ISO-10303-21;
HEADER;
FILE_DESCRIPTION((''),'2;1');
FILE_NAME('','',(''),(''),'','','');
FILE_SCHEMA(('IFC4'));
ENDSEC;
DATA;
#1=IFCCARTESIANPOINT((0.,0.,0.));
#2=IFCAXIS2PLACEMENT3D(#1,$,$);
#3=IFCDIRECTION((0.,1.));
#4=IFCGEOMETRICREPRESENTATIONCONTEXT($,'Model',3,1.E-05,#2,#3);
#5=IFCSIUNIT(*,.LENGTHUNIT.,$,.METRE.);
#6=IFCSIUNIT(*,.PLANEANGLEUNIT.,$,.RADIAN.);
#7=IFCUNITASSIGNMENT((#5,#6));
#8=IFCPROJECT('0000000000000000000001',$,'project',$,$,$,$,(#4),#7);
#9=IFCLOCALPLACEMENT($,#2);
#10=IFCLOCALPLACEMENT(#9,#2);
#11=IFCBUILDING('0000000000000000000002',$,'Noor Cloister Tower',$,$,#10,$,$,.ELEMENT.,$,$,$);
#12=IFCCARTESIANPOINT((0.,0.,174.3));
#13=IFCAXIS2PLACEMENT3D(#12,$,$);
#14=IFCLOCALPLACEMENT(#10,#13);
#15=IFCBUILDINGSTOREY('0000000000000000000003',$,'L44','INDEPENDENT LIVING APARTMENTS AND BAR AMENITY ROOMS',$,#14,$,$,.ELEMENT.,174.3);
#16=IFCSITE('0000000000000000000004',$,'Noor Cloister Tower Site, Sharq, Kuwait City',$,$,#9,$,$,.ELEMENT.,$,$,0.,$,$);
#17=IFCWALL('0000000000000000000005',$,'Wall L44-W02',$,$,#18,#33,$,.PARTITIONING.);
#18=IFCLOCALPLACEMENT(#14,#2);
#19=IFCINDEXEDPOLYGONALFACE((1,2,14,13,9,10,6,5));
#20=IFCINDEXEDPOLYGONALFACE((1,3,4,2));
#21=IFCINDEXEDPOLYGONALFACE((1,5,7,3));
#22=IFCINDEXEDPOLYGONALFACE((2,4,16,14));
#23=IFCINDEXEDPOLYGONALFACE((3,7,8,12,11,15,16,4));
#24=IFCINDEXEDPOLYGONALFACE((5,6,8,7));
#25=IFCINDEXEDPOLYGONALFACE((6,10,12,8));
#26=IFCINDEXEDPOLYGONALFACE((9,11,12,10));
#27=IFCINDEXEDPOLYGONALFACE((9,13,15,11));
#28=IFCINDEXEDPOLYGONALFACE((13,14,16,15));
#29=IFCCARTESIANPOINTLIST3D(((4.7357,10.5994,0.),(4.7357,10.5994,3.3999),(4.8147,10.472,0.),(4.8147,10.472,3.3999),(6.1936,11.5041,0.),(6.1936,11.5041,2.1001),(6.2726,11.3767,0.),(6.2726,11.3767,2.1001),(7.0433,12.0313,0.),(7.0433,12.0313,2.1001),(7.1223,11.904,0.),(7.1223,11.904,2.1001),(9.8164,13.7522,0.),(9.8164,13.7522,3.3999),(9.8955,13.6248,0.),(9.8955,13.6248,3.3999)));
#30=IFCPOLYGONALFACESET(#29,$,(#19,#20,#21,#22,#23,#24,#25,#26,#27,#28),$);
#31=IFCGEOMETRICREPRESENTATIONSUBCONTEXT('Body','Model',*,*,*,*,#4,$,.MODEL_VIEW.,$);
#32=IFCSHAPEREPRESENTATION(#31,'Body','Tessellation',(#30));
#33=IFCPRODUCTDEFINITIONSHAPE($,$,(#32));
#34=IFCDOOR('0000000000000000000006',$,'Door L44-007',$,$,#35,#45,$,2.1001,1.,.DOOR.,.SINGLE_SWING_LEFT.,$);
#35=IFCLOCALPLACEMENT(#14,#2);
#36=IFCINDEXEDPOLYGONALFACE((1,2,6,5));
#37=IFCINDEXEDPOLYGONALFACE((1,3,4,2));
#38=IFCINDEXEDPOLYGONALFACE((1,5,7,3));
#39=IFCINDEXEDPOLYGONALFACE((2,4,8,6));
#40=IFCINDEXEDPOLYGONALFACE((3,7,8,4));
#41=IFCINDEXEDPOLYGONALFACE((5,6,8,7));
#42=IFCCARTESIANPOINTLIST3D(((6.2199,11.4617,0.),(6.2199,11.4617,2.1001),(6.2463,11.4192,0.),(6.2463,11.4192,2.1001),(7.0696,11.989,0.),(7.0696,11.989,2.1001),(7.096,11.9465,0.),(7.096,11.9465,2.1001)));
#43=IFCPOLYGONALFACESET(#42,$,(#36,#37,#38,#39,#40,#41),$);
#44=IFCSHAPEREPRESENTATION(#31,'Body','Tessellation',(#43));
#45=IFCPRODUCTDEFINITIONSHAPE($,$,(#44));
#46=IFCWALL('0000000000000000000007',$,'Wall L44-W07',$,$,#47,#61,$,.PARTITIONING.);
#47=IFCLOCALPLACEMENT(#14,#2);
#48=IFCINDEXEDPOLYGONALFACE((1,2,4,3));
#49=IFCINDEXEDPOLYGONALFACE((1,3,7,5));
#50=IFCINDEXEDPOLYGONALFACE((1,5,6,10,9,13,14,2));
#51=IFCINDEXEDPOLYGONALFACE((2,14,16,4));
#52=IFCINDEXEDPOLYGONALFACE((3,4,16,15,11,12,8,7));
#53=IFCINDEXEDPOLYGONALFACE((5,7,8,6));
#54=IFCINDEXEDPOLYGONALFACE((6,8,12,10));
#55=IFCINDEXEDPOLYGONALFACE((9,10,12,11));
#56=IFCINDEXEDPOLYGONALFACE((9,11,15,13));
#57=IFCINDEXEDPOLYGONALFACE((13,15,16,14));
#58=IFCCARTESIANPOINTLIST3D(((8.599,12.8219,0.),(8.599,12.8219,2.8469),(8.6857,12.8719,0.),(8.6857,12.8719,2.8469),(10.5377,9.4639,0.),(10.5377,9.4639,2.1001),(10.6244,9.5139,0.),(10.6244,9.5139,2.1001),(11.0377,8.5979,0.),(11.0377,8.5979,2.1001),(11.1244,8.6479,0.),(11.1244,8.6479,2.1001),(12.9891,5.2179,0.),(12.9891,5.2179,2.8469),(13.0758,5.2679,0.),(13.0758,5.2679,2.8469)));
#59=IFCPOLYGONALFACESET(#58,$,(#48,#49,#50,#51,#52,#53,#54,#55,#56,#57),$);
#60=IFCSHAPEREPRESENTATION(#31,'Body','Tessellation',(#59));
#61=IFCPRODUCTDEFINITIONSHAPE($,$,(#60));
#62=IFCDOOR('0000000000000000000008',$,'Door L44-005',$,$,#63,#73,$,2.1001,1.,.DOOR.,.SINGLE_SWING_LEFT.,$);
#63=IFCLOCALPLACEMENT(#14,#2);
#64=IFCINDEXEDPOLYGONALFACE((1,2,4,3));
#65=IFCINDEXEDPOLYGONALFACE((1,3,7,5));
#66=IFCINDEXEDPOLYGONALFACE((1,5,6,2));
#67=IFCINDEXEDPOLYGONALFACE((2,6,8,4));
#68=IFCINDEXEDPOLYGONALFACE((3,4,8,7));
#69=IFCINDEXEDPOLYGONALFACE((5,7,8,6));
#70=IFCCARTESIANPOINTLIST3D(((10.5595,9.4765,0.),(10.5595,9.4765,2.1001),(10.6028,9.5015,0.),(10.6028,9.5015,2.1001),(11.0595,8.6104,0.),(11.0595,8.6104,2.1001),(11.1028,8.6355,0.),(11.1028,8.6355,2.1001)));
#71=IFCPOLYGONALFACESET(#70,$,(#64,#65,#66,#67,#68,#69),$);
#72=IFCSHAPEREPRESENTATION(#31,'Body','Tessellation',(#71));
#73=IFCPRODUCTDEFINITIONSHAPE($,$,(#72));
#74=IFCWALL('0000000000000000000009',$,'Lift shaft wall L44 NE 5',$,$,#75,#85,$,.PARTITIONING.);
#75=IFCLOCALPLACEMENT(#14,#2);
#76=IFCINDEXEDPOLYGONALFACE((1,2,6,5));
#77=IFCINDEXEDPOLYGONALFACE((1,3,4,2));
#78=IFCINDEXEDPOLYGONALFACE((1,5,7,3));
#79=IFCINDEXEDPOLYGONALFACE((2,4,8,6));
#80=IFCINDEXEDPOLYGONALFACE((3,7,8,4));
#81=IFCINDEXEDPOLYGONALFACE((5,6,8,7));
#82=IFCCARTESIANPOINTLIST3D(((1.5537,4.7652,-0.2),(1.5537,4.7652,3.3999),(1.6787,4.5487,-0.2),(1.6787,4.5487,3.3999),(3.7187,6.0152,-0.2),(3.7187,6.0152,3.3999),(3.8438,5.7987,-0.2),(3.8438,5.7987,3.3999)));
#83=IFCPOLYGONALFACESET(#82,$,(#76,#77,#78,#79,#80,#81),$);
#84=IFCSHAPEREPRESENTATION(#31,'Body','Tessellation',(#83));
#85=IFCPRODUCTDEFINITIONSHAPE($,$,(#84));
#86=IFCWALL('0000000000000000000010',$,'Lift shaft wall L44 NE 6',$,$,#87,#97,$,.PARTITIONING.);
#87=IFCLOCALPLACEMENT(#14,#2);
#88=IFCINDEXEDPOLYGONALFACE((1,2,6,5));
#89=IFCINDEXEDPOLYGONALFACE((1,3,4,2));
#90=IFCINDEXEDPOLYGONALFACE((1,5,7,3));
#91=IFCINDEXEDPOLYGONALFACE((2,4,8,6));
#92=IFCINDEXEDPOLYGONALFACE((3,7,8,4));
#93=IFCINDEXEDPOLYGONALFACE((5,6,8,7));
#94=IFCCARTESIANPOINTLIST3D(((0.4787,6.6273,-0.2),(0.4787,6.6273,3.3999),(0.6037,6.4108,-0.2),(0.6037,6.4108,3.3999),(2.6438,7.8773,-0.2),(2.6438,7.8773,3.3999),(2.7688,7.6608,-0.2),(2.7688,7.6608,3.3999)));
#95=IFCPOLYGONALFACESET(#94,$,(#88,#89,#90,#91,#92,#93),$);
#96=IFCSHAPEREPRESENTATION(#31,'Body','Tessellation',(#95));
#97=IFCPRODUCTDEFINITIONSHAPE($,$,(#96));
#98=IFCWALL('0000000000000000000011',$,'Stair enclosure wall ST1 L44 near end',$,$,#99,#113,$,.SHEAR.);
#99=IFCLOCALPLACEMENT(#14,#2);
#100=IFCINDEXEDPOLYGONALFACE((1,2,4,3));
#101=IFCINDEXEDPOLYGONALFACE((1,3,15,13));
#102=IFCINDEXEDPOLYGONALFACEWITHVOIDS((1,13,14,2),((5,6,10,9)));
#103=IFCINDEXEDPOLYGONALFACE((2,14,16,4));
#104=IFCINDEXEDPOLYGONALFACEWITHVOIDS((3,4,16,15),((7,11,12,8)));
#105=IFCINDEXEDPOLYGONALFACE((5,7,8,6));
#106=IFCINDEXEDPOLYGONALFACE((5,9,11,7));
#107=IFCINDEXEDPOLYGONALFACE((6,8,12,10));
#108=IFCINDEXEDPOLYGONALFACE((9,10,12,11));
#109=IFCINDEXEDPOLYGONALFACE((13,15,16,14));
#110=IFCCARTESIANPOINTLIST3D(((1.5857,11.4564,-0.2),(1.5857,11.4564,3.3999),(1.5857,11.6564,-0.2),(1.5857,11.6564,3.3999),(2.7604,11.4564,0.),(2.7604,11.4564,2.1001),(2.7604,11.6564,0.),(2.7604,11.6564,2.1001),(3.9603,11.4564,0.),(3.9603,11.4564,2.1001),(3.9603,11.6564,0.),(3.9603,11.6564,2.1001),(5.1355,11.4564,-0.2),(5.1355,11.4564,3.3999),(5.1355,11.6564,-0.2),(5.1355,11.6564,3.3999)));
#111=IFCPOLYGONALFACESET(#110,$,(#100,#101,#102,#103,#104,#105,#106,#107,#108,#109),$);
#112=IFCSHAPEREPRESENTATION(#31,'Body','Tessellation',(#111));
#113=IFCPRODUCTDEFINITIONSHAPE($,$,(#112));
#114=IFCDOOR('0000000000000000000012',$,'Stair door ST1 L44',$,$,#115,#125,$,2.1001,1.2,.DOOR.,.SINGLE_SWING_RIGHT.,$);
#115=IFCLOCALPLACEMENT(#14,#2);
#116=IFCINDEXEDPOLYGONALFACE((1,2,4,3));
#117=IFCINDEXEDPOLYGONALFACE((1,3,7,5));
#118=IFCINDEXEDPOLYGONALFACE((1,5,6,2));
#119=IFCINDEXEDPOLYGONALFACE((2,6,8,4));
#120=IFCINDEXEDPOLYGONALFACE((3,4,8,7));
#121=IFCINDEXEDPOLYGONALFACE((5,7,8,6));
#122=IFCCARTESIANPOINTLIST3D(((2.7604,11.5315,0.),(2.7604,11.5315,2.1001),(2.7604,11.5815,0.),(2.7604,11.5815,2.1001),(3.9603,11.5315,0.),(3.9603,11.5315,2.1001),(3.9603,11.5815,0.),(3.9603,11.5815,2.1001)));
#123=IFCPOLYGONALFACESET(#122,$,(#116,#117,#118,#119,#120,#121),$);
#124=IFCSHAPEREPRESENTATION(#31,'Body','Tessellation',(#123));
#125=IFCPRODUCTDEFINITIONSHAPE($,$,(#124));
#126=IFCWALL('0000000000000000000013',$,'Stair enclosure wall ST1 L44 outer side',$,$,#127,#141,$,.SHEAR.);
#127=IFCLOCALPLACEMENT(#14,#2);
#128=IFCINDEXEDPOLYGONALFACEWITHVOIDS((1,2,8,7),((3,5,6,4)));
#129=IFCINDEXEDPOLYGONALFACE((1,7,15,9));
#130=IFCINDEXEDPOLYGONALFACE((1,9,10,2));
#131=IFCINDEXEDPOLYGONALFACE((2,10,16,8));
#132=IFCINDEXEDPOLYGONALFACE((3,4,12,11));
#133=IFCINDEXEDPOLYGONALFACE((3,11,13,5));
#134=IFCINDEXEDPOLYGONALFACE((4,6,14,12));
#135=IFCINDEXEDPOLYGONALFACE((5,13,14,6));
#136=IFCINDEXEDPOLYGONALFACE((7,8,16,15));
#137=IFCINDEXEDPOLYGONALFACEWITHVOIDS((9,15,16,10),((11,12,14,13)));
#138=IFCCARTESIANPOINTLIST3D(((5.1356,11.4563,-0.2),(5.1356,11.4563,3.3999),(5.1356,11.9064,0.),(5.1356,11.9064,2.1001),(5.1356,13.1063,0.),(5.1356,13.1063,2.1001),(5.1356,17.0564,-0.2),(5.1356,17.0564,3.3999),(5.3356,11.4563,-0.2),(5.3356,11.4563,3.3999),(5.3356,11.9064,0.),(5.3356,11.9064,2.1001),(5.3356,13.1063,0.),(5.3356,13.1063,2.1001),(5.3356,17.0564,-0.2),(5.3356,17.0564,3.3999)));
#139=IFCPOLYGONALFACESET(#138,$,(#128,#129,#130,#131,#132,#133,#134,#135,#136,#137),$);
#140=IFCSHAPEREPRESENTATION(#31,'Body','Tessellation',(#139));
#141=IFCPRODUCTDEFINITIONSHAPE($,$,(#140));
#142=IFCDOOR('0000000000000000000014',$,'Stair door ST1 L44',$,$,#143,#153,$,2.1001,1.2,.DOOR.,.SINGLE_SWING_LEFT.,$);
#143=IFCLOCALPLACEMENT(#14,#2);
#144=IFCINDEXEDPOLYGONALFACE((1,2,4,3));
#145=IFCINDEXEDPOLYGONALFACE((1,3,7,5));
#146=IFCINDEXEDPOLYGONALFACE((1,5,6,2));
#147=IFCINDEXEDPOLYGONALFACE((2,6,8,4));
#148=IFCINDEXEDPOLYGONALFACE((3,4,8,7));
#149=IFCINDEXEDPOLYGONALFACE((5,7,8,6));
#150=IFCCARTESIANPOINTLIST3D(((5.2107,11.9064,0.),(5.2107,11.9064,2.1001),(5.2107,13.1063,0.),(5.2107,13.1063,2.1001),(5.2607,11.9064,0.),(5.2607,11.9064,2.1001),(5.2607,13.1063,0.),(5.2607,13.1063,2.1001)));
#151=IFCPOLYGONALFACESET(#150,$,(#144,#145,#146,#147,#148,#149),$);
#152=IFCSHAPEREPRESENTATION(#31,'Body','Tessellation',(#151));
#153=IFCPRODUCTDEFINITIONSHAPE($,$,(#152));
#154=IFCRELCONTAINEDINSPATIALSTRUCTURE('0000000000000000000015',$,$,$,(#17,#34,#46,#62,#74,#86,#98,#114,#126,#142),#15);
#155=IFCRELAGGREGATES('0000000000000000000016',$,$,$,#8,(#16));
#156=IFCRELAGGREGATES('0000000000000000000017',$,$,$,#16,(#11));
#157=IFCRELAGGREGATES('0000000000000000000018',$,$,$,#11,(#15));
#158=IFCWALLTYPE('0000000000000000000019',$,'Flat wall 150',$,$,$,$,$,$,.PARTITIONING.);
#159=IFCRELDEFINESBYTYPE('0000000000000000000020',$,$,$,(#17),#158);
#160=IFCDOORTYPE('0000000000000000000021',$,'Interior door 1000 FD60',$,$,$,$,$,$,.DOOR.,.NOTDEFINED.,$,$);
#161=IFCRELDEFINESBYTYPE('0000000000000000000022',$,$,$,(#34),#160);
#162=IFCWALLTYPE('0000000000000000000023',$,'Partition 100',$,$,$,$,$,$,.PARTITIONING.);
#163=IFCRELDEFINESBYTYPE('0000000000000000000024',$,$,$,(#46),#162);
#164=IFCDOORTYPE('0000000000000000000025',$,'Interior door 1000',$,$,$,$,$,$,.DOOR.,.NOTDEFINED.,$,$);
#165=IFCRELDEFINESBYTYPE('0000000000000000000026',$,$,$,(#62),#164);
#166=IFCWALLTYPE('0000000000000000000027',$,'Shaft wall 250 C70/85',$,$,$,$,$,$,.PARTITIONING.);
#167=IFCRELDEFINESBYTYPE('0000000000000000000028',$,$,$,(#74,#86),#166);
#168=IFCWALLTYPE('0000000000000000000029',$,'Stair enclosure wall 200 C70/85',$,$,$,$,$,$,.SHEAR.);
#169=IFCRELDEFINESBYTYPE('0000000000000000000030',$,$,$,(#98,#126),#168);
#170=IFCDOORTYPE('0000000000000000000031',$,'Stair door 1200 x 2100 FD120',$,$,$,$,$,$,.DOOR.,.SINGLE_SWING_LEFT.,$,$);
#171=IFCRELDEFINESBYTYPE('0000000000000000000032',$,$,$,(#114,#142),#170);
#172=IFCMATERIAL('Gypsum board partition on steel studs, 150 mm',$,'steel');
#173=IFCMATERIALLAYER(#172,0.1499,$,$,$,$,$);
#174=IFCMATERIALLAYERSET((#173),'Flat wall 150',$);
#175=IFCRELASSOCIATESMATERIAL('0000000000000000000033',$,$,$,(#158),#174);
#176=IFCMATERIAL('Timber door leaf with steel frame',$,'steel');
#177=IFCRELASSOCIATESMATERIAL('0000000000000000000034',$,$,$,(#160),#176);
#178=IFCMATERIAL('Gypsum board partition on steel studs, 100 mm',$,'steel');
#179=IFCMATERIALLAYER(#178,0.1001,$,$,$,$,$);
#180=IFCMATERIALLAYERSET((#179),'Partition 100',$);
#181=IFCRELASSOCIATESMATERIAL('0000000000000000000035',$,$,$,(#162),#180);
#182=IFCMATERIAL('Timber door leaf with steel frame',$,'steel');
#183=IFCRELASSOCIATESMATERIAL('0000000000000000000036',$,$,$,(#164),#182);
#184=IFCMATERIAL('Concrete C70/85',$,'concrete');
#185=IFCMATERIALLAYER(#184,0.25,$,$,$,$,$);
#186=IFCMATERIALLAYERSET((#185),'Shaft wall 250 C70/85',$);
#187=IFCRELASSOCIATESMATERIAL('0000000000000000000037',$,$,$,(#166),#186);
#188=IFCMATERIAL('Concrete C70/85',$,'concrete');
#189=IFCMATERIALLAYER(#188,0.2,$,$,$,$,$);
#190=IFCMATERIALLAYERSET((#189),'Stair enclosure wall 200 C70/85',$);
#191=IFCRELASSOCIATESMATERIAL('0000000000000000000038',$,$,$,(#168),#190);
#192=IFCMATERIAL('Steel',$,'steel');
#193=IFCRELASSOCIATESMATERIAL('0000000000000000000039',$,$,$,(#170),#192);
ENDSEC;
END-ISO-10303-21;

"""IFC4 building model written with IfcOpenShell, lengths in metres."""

from ifc_helpers import new_model, si_unit, direction, frame, frame_2d, origin, place, context, subcontext, project, spatial, rectangle, extrude, material, layer, layer_set, type_object, element, fill, save


model = new_model("IFC4")

# Units and contexts
model_context = context("Model", 3, precision=1e-05, world=origin(), true_north=direction((0.0, 1.0)))
body_context = subcontext(model_context, "Body", "Model", "MODEL_VIEW")
ifc_project = project(units=[si_unit("LENGTHUNIT", "METRE"), si_unit("PLANEANGLEUNIT", "RADIAN")], contexts=[model_context])

# Site, building, storey
site_placement = place(None, origin())
site = spatial("IfcSite", under=ifc_project, at=site_placement, Name="Noor Cloister Tower Site, Sharq, Kuwait City", CompositionType="ELEMENT", RefElevation=0.0)
building_placement = place(site_placement, origin())
building = spatial("IfcBuilding", under=site, at=building_placement, Name="Noor Cloister Tower", CompositionType="ELEMENT")
storey_placement = place(building_placement, frame((0.0, 0.0, 174.3)))
storey = spatial("IfcBuildingStorey", under=building, at=storey_placement, Name="L44", Description="INDEPENDENT LIVING APARTMENTS AND BAR AMENITY ROOMS", CompositionType="ELEMENT", Elevation=174.3)

# Walls, openings, doors
ifc_material_1 = material(Name="Gypsum board partition on steel studs, 150 mm", Category="steel")
ifc_layer_1 = layer(ifc_material_1, 0.1499)
ifc_layer_set_1 = layer_set([ifc_layer_1], Name="Flat wall 150")
wall_type_1 = type_object("IfcWallType", Name="Flat wall 150", PredefinedType="PARTITIONING", material=ifc_layer_set_1)
wall_1_placement = place(storey_placement, frame((9.856, 13.6885, 0.0), z_axis=(0.0, 0.0, 1.0), x_axis=(-0.849698, -0.527269, 0.0)))
wall_1 = element("IfcWall", 1, at=wall_1_placement, inside=storey, type_object=wall_type_1, Name="Wall L44-W02", PredefinedType="PARTITIONING", context=body_context, shape_type="SweptSolid", body=[
    extrude(rectangle(XDim=5.9795, YDim=0.1499, at=frame_2d((2.9897, 0.0))), origin(), (0.0, 0.0, 1.0), 3.3999),
])
opening_1_placement = place(wall_1_placement, frame((3.2637, 0.0, 0.0)))
opening_1 = element("IfcOpeningElement", 2, at=opening_1_placement, cuts=wall_1, PredefinedType="OPENING", context=body_context, shape_type="SweptSolid", body=[
    extrude(rectangle(XDim=1.0, YDim=2.1001, at=frame_2d((0.5, 1.05))), frame((0.0, 0.085, 0.0), z_axis=(0.0, -1.0, 0.0), x_axis=(1.0, 0.0, 0.0)), (0.0, 0.0, 1.0), 0.1699),
])
ifc_material_2 = material(Name="Timber door leaf with steel frame", Category="steel")
door_type_1 = type_object("IfcDoorType", Name="Interior door 1000 FD60", OperationType="NOTDEFINED", PredefinedType="DOOR", material=ifc_material_2)
door_1_placement = place(opening_1_placement, origin())
door_1 = element("IfcDoor", 3, at=door_1_placement, inside=storey, type_object=door_type_1, Name="Door L44-007", OperationType="SINGLE_SWING_LEFT", OverallHeight=2.1001, OverallWidth=1.0, PredefinedType="DOOR", context=body_context, shape_type="SweptSolid", body=[
    extrude(rectangle(XDim=1.0, YDim=2.1001, at=frame_2d((0.5, 1.05))), frame((0.0, 0.0249, 0.0), z_axis=(0.0, -1.0, 0.0), x_axis=(1.0, 0.0, 0.0)), (0.0, 0.0, 1.0), 0.05),
])
fill(opening_1, door_1)
ifc_material_3 = material(Name="Gypsum board partition on steel studs, 100 mm", Category="steel")
ifc_layer_2 = layer(ifc_material_3, 0.1001)
ifc_layer_set_2 = layer_set([ifc_layer_2], Name="Partition 100")
wall_type_2 = type_object("IfcWallType", Name="Partition 100", PredefinedType="PARTITIONING", material=ifc_layer_set_2)
wall_2_placement = place(storey_placement, frame((13.0325, 5.2429, 0.0), z_axis=(0.0, 0.0, 1.0), x_axis=(-0.499997, 0.866027, 0.0)))
wall_2 = element("IfcWall", 4, at=wall_2_placement, inside=storey, type_object=wall_type_2, Name="Wall L44-W07", PredefinedType="PARTITIONING", context=body_context, shape_type="SweptSolid", body=[
    extrude(rectangle(XDim=8.7803, YDim=0.1001, at=frame_2d((4.3901, 0.0))), origin(), (0.0, 0.0, 1.0), 2.8469),
])
opening_2_placement = place(wall_2_placement, frame((3.9028, 0.0, 0.0)))
opening_2 = element("IfcOpeningElement", 5, at=opening_2_placement, cuts=wall_2, PredefinedType="OPENING", context=body_context, shape_type="SweptSolid", body=[
    extrude(rectangle(XDim=1.0, YDim=2.1001, at=frame_2d((0.5, 1.05))), frame((0.0, 0.0601, 0.0), z_axis=(0.0, -1.0, 0.0), x_axis=(1.0, 0.0, 0.0)), (0.0, 0.0, 1.0), 0.1201),
])
ifc_material_4 = material(Name="Timber door leaf with steel frame", Category="steel")
door_type_2 = type_object("IfcDoorType", Name="Interior door 1000", OperationType="NOTDEFINED", PredefinedType="DOOR", material=ifc_material_4)
door_2_placement = place(opening_2_placement, origin())
door_2 = element("IfcDoor", 6, at=door_2_placement, inside=storey, type_object=door_type_2, Name="Door L44-005", OperationType="SINGLE_SWING_LEFT", OverallHeight=2.1001, OverallWidth=1.0, PredefinedType="DOOR", context=body_context, shape_type="SweptSolid", body=[
    extrude(rectangle(XDim=1.0, YDim=2.1001, at=frame_2d((0.5, 1.05))), frame((0.0, 0.0249, 0.0), z_axis=(0.0, -1.0, 0.0), x_axis=(1.0, 0.0, 0.0)), (0.0, 0.0, 1.0), 0.05),
])
fill(opening_2, door_2)

# Walls
ifc_material_5 = material(Name="Concrete C70/85", Category="concrete")
ifc_layer_3 = layer(ifc_material_5, 0.25)
ifc_layer_set_3 = layer_set([ifc_layer_3], Name="Shaft wall 250 C70/85")
wall_type_3 = type_object("IfcWallType", Name="Shaft wall 250 C70/85", PredefinedType="PARTITIONING", material=ifc_layer_set_3)
for number, where, z_axis, x_axis, name in (
    (7, (3.7812, 5.907, -0.2), (0.0, 0.0, 1.0), (-0.866023, -0.500004, 0.0), "Lift shaft wall L44 NE 5"),
    (8, (2.7063, 7.769, -0.2), (0.0, 0.0, 1.0), (-0.866023, -0.500004, 0.0), "Lift shaft wall L44 NE 6"),
):
    element("IfcWall", number, at=place(storey_placement, frame(where, z_axis=z_axis, x_axis=x_axis)), inside=storey, type_object=wall_type_3, Name=name, PredefinedType="PARTITIONING", context=body_context, shape_type="SweptSolid", body=[
        extrude(rectangle(XDim=2.5, YDim=0.25, at=frame_2d((1.25, 0.0))), origin(), (0.0, 0.0, 1.0), 3.5999),
    ])

# Walls, openings, doors
ifc_material_6 = material(Name="Concrete C70/85", Category="concrete")
ifc_layer_4 = layer(ifc_material_6, 0.2)
ifc_layer_set_4 = layer_set([ifc_layer_4], Name="Stair enclosure wall 200 C70/85")
wall_type_4 = type_object("IfcWallType", Name="Stair enclosure wall 200 C70/85", PredefinedType="SHEAR", material=ifc_layer_set_4)
wall_3_placement = place(storey_placement, frame((5.1355, 11.5564, -0.2), z_axis=(0.0, 0.0, 1.0), x_axis=(-1.0, 0.0, 0.0)))
wall_3 = element("IfcWall", 9, at=wall_3_placement, inside=storey, type_object=wall_type_4, Name="Stair enclosure wall ST1 L44 near end", PredefinedType="SHEAR", context=body_context, shape_type="SweptSolid", body=[
    extrude(rectangle(XDim=3.5498, YDim=0.2, at=frame_2d((1.7749, 0.0))), origin(), (0.0, 0.0, 1.0), 3.5999),
])
opening_3_placement = place(wall_3_placement, frame((1.175, 0.0, 0.2)))
opening_3 = element("IfcOpeningElement", 10, at=opening_3_placement, cuts=wall_3, PredefinedType="OPENING", context=body_context, shape_type="SweptSolid", body=[
    extrude(rectangle(XDim=1.2, YDim=2.1001, at=frame_2d((0.6001, 1.05))), frame((0.0, 0.1099, 0.0), z_axis=(0.0, -1.0, 0.0), x_axis=(1.0, 0.0, 0.0)), (0.0, 0.0, 1.0), 0.22),
])
ifc_material_7 = material(Name="Steel", Category="steel")
door_type_3 = type_object("IfcDoorType", Name="Stair door 1200 x 2100 FD120", OperationType="SINGLE_SWING_LEFT", PredefinedType="DOOR", material=ifc_material_7)
door_3_placement = place(opening_3_placement, origin())
door_3 = element("IfcDoor", 11, at=door_3_placement, inside=storey, type_object=door_type_3, Name="Stair door ST1 L44", OperationType="SINGLE_SWING_RIGHT", OverallHeight=2.1001, OverallWidth=1.2, PredefinedType="DOOR", context=body_context, shape_type="SweptSolid", body=[
    extrude(rectangle(XDim=1.2, YDim=2.1001, at=frame_2d((0.6001, 1.05))), frame((0.0, 0.0249, 0.0), z_axis=(0.0, -1.0, 0.0), x_axis=(1.0, 0.0, 0.0)), (0.0, 0.0, 1.0), 0.05),
])
fill(opening_3, door_3)
wall_4_placement = place(storey_placement, frame((5.2356, 11.4563, -0.2), z_axis=(0.0, 0.0, 1.0), x_axis=(0.0, 1.0, 0.0)))
wall_4 = element("IfcWall", 12, at=wall_4_placement, inside=storey, type_object=wall_type_4, Name="Stair enclosure wall ST1 L44 outer side", PredefinedType="SHEAR", context=body_context, shape_type="SweptSolid", body=[
    extrude(rectangle(XDim=5.6001, YDim=0.2, at=frame_2d((2.8, 0.0))), origin(), (0.0, 0.0, 1.0), 3.5999),
])
opening_4_placement = place(wall_4_placement, frame((0.45, 0.0, 0.2)))
opening_4 = element("IfcOpeningElement", 13, at=opening_4_placement, cuts=wall_4, PredefinedType="OPENING", context=body_context, shape_type="SweptSolid", body=[
    extrude(rectangle(XDim=1.2, YDim=2.1001, at=frame_2d((0.6001, 1.05))), frame((0.0, 0.1099, 0.0), z_axis=(0.0, -1.0, 0.0), x_axis=(1.0, 0.0, 0.0)), (0.0, 0.0, 1.0), 0.22),
])
door_4_placement = place(opening_4_placement, origin())
door_4 = element("IfcDoor", 14, at=door_4_placement, inside=storey, type_object=door_type_3, Name="Stair door ST1 L44", OperationType="SINGLE_SWING_LEFT", OverallHeight=2.1001, OverallWidth=1.2, PredefinedType="DOOR", context=body_context, shape_type="SweptSolid", body=[
    extrude(rectangle(XDim=1.2, YDim=2.1001, at=frame_2d((0.6001, 1.05))), frame((0.0, 0.0249, 0.0), z_axis=(0.0, -1.0, 0.0), x_axis=(1.0, 0.0, 0.0)), (0.0, 0.0, 1.0), 0.05),
])
fill(opening_4, door_4)

save(model, "model.ifc")
